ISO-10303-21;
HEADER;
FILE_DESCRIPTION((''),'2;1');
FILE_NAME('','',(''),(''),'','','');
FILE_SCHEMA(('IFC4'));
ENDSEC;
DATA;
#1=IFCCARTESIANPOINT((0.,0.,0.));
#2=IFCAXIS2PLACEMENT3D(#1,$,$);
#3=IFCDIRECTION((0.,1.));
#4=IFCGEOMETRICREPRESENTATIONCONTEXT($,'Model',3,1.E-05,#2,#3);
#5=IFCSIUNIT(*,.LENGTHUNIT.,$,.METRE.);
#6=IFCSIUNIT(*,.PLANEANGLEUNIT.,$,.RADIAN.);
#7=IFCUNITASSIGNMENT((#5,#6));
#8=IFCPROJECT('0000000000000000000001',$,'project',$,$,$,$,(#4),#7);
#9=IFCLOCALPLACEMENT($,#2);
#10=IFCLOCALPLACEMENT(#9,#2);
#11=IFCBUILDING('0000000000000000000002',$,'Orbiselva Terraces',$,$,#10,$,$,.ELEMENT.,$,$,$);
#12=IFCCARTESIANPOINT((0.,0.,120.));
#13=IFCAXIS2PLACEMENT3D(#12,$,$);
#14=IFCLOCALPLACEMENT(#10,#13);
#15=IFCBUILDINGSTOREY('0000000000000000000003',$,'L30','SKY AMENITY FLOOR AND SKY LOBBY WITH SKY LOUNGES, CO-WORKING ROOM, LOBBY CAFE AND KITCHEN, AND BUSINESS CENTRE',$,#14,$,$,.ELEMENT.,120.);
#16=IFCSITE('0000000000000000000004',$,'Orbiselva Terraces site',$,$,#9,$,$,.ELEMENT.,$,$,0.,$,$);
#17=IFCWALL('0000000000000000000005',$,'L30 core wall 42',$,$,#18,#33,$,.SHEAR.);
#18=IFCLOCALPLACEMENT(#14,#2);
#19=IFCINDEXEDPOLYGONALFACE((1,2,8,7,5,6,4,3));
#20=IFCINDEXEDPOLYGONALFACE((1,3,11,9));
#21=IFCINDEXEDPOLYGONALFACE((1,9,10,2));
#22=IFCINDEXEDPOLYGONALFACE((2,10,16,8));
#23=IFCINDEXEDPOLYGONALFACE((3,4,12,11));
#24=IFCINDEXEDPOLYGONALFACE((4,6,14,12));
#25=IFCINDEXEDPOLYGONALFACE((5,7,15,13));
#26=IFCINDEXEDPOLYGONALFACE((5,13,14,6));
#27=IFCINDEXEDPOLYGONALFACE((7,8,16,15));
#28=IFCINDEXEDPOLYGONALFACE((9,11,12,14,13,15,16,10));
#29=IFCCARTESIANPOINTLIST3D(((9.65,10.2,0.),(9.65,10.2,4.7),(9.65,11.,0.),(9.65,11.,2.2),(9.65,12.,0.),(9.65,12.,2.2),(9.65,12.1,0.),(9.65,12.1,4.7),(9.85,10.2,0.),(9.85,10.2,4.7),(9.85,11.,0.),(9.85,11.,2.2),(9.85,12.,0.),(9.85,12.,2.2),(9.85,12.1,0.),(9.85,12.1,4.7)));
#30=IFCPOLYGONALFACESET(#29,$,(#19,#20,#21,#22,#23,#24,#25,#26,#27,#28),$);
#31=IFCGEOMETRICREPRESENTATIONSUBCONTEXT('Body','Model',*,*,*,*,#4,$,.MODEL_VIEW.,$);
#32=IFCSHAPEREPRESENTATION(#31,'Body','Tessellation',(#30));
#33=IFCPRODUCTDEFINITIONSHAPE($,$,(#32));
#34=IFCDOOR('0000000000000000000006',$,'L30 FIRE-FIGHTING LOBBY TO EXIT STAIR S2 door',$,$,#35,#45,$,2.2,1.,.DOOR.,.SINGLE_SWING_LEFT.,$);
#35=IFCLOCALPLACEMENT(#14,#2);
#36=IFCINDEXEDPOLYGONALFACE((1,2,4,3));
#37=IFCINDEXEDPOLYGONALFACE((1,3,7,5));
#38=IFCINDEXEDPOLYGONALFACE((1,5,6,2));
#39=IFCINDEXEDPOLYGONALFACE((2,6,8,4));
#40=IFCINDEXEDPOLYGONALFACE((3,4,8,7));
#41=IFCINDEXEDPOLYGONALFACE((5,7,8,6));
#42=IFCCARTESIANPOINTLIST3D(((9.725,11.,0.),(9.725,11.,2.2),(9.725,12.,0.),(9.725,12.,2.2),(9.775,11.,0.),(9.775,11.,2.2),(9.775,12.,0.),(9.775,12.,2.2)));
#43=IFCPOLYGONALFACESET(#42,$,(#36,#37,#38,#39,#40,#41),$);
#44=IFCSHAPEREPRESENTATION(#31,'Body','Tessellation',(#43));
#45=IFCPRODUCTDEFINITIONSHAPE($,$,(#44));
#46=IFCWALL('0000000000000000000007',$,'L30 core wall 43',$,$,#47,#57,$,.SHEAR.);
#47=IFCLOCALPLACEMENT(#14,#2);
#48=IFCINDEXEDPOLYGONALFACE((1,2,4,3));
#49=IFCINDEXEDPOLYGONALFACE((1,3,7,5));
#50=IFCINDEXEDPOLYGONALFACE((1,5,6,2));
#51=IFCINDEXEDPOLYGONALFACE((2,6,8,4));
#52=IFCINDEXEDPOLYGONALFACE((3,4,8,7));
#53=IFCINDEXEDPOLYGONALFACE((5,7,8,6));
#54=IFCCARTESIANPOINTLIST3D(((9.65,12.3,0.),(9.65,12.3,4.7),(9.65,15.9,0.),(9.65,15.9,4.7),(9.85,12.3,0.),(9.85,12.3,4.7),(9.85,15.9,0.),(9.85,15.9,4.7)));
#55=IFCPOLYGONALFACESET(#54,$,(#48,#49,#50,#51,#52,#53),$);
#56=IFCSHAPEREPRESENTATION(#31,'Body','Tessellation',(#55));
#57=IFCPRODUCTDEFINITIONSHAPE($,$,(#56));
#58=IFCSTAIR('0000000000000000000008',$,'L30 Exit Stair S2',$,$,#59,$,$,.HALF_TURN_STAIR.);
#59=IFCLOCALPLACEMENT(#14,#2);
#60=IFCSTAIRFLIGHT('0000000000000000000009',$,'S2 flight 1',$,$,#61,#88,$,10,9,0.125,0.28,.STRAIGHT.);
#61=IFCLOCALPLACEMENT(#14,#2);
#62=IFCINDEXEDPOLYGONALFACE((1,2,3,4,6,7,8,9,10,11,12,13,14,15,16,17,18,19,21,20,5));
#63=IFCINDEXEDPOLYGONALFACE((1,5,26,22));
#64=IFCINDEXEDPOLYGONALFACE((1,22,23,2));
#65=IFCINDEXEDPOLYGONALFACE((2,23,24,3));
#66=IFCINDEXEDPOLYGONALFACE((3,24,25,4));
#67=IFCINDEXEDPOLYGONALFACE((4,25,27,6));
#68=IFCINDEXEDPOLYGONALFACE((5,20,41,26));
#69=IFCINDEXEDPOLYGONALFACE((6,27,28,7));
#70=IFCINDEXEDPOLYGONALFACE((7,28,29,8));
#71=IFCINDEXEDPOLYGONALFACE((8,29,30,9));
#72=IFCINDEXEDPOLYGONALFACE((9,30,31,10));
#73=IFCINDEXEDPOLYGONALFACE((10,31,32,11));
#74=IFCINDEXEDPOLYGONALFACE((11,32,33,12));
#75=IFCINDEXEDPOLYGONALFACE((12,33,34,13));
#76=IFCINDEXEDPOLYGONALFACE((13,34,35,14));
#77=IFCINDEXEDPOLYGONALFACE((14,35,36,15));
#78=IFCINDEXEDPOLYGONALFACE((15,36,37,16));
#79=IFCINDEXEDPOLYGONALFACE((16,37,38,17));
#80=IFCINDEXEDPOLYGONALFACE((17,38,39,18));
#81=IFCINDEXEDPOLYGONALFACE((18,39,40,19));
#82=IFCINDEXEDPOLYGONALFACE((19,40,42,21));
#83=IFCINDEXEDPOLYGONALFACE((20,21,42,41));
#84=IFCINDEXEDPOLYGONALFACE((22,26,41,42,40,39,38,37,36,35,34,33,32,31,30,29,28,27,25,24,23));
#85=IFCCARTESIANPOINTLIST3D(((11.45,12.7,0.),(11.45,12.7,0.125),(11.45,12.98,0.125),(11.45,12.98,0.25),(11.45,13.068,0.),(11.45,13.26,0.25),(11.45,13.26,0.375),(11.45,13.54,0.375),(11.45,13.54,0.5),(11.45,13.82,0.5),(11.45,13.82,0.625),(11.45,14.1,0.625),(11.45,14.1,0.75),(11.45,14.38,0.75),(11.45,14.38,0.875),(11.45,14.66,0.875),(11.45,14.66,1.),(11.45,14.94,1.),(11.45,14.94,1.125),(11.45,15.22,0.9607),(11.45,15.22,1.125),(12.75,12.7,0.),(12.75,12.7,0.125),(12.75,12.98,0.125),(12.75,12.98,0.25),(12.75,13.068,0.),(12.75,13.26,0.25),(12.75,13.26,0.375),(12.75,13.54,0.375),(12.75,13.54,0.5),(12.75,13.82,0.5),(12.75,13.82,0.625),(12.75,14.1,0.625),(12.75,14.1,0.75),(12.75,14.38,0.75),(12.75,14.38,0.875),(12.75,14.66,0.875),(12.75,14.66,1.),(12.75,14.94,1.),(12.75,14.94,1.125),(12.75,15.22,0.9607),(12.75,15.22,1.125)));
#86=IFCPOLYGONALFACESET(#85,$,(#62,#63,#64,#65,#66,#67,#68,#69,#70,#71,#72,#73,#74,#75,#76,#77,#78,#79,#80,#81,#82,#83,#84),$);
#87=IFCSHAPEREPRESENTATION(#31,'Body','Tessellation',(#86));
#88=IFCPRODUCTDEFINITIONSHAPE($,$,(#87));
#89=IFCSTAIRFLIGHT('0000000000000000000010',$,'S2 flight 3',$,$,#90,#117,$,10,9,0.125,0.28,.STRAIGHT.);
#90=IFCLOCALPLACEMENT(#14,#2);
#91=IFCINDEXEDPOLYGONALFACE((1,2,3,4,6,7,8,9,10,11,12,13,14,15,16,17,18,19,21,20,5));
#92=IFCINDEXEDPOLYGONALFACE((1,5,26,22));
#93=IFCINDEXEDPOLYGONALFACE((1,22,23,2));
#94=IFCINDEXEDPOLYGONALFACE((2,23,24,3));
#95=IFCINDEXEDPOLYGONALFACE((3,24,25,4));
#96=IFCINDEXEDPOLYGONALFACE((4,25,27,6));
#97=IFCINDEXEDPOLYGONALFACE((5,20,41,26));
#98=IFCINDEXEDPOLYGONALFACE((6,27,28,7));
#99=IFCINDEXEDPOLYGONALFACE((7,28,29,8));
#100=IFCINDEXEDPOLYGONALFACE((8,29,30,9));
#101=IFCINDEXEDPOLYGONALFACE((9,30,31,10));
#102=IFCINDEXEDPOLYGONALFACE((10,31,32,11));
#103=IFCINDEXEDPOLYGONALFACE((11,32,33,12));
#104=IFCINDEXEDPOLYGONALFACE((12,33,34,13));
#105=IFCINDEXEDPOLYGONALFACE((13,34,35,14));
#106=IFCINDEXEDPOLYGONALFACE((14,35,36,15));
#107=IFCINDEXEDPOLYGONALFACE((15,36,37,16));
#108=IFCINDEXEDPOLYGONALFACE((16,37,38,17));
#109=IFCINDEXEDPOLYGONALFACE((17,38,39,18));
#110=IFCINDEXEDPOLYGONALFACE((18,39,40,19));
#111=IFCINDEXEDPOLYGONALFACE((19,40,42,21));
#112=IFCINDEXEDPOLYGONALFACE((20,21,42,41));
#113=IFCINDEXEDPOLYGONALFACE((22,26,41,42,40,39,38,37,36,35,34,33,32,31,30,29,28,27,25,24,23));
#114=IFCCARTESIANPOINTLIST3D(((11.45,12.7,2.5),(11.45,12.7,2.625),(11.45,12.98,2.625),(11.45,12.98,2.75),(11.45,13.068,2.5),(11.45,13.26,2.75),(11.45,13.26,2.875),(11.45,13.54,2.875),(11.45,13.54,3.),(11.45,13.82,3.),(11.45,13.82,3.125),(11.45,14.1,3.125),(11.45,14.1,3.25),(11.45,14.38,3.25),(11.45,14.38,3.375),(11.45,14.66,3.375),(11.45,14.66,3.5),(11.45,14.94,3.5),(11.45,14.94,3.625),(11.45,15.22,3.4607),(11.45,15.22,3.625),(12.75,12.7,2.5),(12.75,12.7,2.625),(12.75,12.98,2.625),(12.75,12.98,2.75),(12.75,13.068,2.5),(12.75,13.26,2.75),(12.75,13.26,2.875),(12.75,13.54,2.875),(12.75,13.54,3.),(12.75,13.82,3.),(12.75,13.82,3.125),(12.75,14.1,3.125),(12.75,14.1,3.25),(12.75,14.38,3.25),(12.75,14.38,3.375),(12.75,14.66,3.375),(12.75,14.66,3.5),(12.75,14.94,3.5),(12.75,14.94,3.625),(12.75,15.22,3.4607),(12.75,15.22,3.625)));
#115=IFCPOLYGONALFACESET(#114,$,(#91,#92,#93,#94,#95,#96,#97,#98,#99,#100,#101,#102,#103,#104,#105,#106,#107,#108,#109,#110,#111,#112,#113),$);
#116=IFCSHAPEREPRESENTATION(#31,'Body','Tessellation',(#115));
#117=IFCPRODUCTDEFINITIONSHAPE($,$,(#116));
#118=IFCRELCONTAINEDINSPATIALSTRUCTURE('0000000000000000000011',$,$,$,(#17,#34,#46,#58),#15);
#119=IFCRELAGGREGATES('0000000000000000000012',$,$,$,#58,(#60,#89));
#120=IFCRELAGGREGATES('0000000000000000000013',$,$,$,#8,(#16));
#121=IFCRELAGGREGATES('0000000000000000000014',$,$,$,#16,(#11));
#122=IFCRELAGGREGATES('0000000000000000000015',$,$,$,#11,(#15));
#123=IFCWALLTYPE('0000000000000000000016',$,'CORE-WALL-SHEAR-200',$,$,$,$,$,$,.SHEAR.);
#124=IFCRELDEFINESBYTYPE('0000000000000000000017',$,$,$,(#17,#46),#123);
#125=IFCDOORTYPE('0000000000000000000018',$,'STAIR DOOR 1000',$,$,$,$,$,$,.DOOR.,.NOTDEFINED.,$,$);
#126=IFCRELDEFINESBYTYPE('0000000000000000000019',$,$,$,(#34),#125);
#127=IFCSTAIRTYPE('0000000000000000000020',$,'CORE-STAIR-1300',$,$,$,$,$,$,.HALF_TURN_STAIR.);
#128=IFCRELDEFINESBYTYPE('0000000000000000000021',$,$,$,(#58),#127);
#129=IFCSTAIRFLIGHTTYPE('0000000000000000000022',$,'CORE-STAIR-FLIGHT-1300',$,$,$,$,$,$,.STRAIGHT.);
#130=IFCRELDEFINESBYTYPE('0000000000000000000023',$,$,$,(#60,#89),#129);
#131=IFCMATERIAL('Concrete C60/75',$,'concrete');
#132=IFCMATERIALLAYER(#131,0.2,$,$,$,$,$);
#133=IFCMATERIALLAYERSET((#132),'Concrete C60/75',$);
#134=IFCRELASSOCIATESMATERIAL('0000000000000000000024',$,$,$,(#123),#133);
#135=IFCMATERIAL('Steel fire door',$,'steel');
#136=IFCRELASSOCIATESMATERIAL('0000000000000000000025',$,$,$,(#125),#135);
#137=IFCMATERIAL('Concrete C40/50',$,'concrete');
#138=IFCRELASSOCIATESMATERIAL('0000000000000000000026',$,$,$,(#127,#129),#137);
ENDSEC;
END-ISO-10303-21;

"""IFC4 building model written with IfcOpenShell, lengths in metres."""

from ifc_helpers import new_model, si_unit, direction, frame, frame_2d, origin, place, context, subcontext, project, spatial, polyline, rectangle, outline, extrude, material, layer, layer_set, type_object, element, fill, aggregate, save


model = new_model("IFC4")

# Units and contexts
model_context = context("Model", 3, precision=1e-05, world=origin(), true_north=direction((0.0, 1.0)))
body_context = subcontext(model_context, "Body", "Model", "MODEL_VIEW")
ifc_project = project(units=[si_unit("LENGTHUNIT", "METRE"), si_unit("PLANEANGLEUNIT", "RADIAN")], contexts=[model_context])

# Site, building, storey
site_placement = place(None, origin())
site = spatial("IfcSite", under=ifc_project, at=site_placement, Name="Orbiselva Terraces site", CompositionType="ELEMENT", RefElevation=0.0)
building_placement = place(site_placement, origin())
building = spatial("IfcBuilding", under=site, at=building_placement, Name="Orbiselva Terraces", CompositionType="ELEMENT")
storey_placement = place(building_placement, frame((0.0, 0.0, 120.0)))
storey = spatial("IfcBuildingStorey", under=building, at=storey_placement, Name="L30", Description="SKY AMENITY FLOOR AND SKY LOBBY WITH SKY LOUNGES, CO-WORKING ROOM, LOBBY CAFE AND KITCHEN, AND BUSINESS CENTRE", CompositionType="ELEMENT", Elevation=120.0)

# Shared definitions
ifc_material_1 = material(Name="Concrete C60/75", Category="concrete")
ifc_layer_1 = layer(ifc_material_1, 0.2)
ifc_layer_set_1 = layer_set([ifc_layer_1], Name="Concrete C60/75")
wall_type_1 = type_object("IfcWallType", Name="CORE-WALL-SHEAR-200", PredefinedType="SHEAR", material=ifc_layer_set_1)
ifc_material_2 = material(Name="Steel fire door", Category="steel")

# Wall, opening, door
wall_1_placement = place(storey_placement, frame((9.75, 12.1, 0.0), z_axis=(0.0, 0.0, 1.0), x_axis=(0.0, -1.0, 0.0)))
wall_1 = element("IfcWall", 1, at=wall_1_placement, inside=storey, type_object=wall_type_1, Name="L30 core wall 42", PredefinedType="SHEAR", context=body_context, shape_type="SweptSolid", body=[
    extrude(rectangle(XDim=1.9, YDim=0.2, at=frame_2d((0.95, 0.0))), origin(), (0.0, 0.0, 1.0), 4.7),
])
opening_1_placement = place(wall_1_placement, frame((0.1, 0.0, 0.0)))
opening_1 = element("IfcOpeningElement", 2, at=opening_1_placement, cuts=wall_1, PredefinedType="OPENING", context=body_context, shape_type="SweptSolid", body=[
    extrude(rectangle(XDim=1.0, YDim=2.2, at=frame_2d((0.5, 1.1))), frame((0.0, 0.11, 0.0), z_axis=(0.0, -1.0, 0.0), x_axis=(1.0, 0.0, 0.0)), (0.0, 0.0, 1.0), 0.22),
])
door_type_1 = type_object("IfcDoorType", Name="STAIR DOOR 1000", OperationType="NOTDEFINED", PredefinedType="DOOR", material=ifc_material_2)
door_1_placement = place(opening_1_placement, origin())
door_1 = element("IfcDoor", 3, at=door_1_placement, inside=storey, type_object=door_type_1, Name="L30 FIRE-FIGHTING LOBBY TO EXIT STAIR S2 door", OperationType="SINGLE_SWING_LEFT", OverallHeight=2.2, OverallWidth=1.0, PredefinedType="DOOR", context=body_context, shape_type="SweptSolid", body=[
    extrude(rectangle(XDim=1.0, YDim=2.2, at=frame_2d((0.5, 1.1))), frame((0.0, 0.025, 0.0), z_axis=(0.0, -1.0, 0.0), x_axis=(1.0, 0.0, 0.0)), (0.0, 0.0, 1.0), 0.05),
])
fill(opening_1, door_1)

# Wall
wall_2_placement = place(storey_placement, frame((9.75, 12.3, 0.0), z_axis=(0.0, 0.0, 1.0), x_axis=(0.0, 1.0, 0.0)))
element("IfcWall", 4, at=wall_2_placement, inside=storey, type_object=wall_type_1, Name="L30 core wall 43", PredefinedType="SHEAR", context=body_context, shape_type="SweptSolid", body=[
    extrude(rectangle(XDim=3.6, YDim=0.2, at=frame_2d((1.8, 0.0))), origin(), (0.0, 0.0, 1.0), 4.7),
])

# Stair, stair flights
ifc_material_3 = material(Name="Concrete C40/50", Category="concrete")
stair_type = type_object("IfcStairType", Name="CORE-STAIR-1300", PredefinedType="HALF_TURN_STAIR", material=ifc_material_3)
stair_placement = place(storey_placement, origin())
stair = element("IfcStair", 5, at=stair_placement, inside=storey, type_object=stair_type, Name="L30 Exit Stair S2", PredefinedType="HALF_TURN_STAIR")
stair_flight_type = type_object("IfcStairFlightType", Name="CORE-STAIR-FLIGHT-1300", PredefinedType="STRAIGHT", material=ifc_material_3)
stair_flight_1_placement = place(storey_placement, frame((12.1, 12.7, 0.0), z_axis=(0.0, 0.0, 1.0), x_axis=(0.0, 1.0, 0.0)))
stair_flight_1 = element("IfcStairFlight", 6, at=stair_flight_1_placement, type_object=stair_flight_type, Name="S2 flight 1", NumberOfRisers=10, NumberOfTreads=9, PredefinedType="STRAIGHT", RiserHeight=0.125, TreadLength=0.28, context=body_context, shape_type="SweptSolid", body=[
    extrude(outline(polyline([(0.0, 0.0), (0.0, 0.125), (0.28, 0.125), (0.28, 0.25), (0.56, 0.25), (0.56, 0.375), (0.84, 0.375), (0.84, 0.5), (1.12, 0.5), (1.12, 0.625), (1.4, 0.625), (1.4, 0.75), (1.68, 0.75), (1.68, 0.875), (1.96, 0.875), (1.96, 1.0), (2.24, 1.0), (2.24, 1.125), (2.52, 1.125), (2.52, 1.25), (2.52, 0.9607), (0.368, 0.0), (0.0, 0.0)])), frame((0.0, 0.65, 0.0), z_axis=(0.0, -1.0, 0.0), x_axis=(1.0, 0.0, 0.0)), (0.0, 0.0, 1.0), 1.3),
])
stair_flight_2_placement = place(storey_placement, frame((12.1, 12.7, 2.5), z_axis=(0.0, 0.0, 1.0), x_axis=(0.0, 1.0, 0.0)))
stair_flight_2 = element("IfcStairFlight", 7, at=stair_flight_2_placement, type_object=stair_flight_type, Name="S2 flight 3", NumberOfRisers=10, NumberOfTreads=9, PredefinedType="STRAIGHT", RiserHeight=0.125, TreadLength=0.28, context=body_context, shape_type="SweptSolid", body=[
    extrude(outline(polyline([(0.0, 0.0), (0.0, 0.125), (0.28, 0.125), (0.28, 0.25), (0.56, 0.25), (0.56, 0.375), (0.84, 0.375), (0.84, 0.5), (1.12, 0.5), (1.12, 0.625), (1.4, 0.625), (1.4, 0.75), (1.68, 0.75), (1.68, 0.875), (1.96, 0.875), (1.96, 1.0), (2.24, 1.0), (2.24, 1.125), (2.52, 1.125), (2.52, 1.25), (2.52, 0.9607), (0.368, 0.0), (0.0, 0.0)])), frame((0.0, 0.65, 0.0), z_axis=(0.0, -1.0, 0.0), x_axis=(1.0, 0.0, 0.0)), (0.0, 0.0, 1.0), 1.3),
])
aggregate(stair, [stair_flight_1, stair_flight_2])

save(model, "model.ifc")
